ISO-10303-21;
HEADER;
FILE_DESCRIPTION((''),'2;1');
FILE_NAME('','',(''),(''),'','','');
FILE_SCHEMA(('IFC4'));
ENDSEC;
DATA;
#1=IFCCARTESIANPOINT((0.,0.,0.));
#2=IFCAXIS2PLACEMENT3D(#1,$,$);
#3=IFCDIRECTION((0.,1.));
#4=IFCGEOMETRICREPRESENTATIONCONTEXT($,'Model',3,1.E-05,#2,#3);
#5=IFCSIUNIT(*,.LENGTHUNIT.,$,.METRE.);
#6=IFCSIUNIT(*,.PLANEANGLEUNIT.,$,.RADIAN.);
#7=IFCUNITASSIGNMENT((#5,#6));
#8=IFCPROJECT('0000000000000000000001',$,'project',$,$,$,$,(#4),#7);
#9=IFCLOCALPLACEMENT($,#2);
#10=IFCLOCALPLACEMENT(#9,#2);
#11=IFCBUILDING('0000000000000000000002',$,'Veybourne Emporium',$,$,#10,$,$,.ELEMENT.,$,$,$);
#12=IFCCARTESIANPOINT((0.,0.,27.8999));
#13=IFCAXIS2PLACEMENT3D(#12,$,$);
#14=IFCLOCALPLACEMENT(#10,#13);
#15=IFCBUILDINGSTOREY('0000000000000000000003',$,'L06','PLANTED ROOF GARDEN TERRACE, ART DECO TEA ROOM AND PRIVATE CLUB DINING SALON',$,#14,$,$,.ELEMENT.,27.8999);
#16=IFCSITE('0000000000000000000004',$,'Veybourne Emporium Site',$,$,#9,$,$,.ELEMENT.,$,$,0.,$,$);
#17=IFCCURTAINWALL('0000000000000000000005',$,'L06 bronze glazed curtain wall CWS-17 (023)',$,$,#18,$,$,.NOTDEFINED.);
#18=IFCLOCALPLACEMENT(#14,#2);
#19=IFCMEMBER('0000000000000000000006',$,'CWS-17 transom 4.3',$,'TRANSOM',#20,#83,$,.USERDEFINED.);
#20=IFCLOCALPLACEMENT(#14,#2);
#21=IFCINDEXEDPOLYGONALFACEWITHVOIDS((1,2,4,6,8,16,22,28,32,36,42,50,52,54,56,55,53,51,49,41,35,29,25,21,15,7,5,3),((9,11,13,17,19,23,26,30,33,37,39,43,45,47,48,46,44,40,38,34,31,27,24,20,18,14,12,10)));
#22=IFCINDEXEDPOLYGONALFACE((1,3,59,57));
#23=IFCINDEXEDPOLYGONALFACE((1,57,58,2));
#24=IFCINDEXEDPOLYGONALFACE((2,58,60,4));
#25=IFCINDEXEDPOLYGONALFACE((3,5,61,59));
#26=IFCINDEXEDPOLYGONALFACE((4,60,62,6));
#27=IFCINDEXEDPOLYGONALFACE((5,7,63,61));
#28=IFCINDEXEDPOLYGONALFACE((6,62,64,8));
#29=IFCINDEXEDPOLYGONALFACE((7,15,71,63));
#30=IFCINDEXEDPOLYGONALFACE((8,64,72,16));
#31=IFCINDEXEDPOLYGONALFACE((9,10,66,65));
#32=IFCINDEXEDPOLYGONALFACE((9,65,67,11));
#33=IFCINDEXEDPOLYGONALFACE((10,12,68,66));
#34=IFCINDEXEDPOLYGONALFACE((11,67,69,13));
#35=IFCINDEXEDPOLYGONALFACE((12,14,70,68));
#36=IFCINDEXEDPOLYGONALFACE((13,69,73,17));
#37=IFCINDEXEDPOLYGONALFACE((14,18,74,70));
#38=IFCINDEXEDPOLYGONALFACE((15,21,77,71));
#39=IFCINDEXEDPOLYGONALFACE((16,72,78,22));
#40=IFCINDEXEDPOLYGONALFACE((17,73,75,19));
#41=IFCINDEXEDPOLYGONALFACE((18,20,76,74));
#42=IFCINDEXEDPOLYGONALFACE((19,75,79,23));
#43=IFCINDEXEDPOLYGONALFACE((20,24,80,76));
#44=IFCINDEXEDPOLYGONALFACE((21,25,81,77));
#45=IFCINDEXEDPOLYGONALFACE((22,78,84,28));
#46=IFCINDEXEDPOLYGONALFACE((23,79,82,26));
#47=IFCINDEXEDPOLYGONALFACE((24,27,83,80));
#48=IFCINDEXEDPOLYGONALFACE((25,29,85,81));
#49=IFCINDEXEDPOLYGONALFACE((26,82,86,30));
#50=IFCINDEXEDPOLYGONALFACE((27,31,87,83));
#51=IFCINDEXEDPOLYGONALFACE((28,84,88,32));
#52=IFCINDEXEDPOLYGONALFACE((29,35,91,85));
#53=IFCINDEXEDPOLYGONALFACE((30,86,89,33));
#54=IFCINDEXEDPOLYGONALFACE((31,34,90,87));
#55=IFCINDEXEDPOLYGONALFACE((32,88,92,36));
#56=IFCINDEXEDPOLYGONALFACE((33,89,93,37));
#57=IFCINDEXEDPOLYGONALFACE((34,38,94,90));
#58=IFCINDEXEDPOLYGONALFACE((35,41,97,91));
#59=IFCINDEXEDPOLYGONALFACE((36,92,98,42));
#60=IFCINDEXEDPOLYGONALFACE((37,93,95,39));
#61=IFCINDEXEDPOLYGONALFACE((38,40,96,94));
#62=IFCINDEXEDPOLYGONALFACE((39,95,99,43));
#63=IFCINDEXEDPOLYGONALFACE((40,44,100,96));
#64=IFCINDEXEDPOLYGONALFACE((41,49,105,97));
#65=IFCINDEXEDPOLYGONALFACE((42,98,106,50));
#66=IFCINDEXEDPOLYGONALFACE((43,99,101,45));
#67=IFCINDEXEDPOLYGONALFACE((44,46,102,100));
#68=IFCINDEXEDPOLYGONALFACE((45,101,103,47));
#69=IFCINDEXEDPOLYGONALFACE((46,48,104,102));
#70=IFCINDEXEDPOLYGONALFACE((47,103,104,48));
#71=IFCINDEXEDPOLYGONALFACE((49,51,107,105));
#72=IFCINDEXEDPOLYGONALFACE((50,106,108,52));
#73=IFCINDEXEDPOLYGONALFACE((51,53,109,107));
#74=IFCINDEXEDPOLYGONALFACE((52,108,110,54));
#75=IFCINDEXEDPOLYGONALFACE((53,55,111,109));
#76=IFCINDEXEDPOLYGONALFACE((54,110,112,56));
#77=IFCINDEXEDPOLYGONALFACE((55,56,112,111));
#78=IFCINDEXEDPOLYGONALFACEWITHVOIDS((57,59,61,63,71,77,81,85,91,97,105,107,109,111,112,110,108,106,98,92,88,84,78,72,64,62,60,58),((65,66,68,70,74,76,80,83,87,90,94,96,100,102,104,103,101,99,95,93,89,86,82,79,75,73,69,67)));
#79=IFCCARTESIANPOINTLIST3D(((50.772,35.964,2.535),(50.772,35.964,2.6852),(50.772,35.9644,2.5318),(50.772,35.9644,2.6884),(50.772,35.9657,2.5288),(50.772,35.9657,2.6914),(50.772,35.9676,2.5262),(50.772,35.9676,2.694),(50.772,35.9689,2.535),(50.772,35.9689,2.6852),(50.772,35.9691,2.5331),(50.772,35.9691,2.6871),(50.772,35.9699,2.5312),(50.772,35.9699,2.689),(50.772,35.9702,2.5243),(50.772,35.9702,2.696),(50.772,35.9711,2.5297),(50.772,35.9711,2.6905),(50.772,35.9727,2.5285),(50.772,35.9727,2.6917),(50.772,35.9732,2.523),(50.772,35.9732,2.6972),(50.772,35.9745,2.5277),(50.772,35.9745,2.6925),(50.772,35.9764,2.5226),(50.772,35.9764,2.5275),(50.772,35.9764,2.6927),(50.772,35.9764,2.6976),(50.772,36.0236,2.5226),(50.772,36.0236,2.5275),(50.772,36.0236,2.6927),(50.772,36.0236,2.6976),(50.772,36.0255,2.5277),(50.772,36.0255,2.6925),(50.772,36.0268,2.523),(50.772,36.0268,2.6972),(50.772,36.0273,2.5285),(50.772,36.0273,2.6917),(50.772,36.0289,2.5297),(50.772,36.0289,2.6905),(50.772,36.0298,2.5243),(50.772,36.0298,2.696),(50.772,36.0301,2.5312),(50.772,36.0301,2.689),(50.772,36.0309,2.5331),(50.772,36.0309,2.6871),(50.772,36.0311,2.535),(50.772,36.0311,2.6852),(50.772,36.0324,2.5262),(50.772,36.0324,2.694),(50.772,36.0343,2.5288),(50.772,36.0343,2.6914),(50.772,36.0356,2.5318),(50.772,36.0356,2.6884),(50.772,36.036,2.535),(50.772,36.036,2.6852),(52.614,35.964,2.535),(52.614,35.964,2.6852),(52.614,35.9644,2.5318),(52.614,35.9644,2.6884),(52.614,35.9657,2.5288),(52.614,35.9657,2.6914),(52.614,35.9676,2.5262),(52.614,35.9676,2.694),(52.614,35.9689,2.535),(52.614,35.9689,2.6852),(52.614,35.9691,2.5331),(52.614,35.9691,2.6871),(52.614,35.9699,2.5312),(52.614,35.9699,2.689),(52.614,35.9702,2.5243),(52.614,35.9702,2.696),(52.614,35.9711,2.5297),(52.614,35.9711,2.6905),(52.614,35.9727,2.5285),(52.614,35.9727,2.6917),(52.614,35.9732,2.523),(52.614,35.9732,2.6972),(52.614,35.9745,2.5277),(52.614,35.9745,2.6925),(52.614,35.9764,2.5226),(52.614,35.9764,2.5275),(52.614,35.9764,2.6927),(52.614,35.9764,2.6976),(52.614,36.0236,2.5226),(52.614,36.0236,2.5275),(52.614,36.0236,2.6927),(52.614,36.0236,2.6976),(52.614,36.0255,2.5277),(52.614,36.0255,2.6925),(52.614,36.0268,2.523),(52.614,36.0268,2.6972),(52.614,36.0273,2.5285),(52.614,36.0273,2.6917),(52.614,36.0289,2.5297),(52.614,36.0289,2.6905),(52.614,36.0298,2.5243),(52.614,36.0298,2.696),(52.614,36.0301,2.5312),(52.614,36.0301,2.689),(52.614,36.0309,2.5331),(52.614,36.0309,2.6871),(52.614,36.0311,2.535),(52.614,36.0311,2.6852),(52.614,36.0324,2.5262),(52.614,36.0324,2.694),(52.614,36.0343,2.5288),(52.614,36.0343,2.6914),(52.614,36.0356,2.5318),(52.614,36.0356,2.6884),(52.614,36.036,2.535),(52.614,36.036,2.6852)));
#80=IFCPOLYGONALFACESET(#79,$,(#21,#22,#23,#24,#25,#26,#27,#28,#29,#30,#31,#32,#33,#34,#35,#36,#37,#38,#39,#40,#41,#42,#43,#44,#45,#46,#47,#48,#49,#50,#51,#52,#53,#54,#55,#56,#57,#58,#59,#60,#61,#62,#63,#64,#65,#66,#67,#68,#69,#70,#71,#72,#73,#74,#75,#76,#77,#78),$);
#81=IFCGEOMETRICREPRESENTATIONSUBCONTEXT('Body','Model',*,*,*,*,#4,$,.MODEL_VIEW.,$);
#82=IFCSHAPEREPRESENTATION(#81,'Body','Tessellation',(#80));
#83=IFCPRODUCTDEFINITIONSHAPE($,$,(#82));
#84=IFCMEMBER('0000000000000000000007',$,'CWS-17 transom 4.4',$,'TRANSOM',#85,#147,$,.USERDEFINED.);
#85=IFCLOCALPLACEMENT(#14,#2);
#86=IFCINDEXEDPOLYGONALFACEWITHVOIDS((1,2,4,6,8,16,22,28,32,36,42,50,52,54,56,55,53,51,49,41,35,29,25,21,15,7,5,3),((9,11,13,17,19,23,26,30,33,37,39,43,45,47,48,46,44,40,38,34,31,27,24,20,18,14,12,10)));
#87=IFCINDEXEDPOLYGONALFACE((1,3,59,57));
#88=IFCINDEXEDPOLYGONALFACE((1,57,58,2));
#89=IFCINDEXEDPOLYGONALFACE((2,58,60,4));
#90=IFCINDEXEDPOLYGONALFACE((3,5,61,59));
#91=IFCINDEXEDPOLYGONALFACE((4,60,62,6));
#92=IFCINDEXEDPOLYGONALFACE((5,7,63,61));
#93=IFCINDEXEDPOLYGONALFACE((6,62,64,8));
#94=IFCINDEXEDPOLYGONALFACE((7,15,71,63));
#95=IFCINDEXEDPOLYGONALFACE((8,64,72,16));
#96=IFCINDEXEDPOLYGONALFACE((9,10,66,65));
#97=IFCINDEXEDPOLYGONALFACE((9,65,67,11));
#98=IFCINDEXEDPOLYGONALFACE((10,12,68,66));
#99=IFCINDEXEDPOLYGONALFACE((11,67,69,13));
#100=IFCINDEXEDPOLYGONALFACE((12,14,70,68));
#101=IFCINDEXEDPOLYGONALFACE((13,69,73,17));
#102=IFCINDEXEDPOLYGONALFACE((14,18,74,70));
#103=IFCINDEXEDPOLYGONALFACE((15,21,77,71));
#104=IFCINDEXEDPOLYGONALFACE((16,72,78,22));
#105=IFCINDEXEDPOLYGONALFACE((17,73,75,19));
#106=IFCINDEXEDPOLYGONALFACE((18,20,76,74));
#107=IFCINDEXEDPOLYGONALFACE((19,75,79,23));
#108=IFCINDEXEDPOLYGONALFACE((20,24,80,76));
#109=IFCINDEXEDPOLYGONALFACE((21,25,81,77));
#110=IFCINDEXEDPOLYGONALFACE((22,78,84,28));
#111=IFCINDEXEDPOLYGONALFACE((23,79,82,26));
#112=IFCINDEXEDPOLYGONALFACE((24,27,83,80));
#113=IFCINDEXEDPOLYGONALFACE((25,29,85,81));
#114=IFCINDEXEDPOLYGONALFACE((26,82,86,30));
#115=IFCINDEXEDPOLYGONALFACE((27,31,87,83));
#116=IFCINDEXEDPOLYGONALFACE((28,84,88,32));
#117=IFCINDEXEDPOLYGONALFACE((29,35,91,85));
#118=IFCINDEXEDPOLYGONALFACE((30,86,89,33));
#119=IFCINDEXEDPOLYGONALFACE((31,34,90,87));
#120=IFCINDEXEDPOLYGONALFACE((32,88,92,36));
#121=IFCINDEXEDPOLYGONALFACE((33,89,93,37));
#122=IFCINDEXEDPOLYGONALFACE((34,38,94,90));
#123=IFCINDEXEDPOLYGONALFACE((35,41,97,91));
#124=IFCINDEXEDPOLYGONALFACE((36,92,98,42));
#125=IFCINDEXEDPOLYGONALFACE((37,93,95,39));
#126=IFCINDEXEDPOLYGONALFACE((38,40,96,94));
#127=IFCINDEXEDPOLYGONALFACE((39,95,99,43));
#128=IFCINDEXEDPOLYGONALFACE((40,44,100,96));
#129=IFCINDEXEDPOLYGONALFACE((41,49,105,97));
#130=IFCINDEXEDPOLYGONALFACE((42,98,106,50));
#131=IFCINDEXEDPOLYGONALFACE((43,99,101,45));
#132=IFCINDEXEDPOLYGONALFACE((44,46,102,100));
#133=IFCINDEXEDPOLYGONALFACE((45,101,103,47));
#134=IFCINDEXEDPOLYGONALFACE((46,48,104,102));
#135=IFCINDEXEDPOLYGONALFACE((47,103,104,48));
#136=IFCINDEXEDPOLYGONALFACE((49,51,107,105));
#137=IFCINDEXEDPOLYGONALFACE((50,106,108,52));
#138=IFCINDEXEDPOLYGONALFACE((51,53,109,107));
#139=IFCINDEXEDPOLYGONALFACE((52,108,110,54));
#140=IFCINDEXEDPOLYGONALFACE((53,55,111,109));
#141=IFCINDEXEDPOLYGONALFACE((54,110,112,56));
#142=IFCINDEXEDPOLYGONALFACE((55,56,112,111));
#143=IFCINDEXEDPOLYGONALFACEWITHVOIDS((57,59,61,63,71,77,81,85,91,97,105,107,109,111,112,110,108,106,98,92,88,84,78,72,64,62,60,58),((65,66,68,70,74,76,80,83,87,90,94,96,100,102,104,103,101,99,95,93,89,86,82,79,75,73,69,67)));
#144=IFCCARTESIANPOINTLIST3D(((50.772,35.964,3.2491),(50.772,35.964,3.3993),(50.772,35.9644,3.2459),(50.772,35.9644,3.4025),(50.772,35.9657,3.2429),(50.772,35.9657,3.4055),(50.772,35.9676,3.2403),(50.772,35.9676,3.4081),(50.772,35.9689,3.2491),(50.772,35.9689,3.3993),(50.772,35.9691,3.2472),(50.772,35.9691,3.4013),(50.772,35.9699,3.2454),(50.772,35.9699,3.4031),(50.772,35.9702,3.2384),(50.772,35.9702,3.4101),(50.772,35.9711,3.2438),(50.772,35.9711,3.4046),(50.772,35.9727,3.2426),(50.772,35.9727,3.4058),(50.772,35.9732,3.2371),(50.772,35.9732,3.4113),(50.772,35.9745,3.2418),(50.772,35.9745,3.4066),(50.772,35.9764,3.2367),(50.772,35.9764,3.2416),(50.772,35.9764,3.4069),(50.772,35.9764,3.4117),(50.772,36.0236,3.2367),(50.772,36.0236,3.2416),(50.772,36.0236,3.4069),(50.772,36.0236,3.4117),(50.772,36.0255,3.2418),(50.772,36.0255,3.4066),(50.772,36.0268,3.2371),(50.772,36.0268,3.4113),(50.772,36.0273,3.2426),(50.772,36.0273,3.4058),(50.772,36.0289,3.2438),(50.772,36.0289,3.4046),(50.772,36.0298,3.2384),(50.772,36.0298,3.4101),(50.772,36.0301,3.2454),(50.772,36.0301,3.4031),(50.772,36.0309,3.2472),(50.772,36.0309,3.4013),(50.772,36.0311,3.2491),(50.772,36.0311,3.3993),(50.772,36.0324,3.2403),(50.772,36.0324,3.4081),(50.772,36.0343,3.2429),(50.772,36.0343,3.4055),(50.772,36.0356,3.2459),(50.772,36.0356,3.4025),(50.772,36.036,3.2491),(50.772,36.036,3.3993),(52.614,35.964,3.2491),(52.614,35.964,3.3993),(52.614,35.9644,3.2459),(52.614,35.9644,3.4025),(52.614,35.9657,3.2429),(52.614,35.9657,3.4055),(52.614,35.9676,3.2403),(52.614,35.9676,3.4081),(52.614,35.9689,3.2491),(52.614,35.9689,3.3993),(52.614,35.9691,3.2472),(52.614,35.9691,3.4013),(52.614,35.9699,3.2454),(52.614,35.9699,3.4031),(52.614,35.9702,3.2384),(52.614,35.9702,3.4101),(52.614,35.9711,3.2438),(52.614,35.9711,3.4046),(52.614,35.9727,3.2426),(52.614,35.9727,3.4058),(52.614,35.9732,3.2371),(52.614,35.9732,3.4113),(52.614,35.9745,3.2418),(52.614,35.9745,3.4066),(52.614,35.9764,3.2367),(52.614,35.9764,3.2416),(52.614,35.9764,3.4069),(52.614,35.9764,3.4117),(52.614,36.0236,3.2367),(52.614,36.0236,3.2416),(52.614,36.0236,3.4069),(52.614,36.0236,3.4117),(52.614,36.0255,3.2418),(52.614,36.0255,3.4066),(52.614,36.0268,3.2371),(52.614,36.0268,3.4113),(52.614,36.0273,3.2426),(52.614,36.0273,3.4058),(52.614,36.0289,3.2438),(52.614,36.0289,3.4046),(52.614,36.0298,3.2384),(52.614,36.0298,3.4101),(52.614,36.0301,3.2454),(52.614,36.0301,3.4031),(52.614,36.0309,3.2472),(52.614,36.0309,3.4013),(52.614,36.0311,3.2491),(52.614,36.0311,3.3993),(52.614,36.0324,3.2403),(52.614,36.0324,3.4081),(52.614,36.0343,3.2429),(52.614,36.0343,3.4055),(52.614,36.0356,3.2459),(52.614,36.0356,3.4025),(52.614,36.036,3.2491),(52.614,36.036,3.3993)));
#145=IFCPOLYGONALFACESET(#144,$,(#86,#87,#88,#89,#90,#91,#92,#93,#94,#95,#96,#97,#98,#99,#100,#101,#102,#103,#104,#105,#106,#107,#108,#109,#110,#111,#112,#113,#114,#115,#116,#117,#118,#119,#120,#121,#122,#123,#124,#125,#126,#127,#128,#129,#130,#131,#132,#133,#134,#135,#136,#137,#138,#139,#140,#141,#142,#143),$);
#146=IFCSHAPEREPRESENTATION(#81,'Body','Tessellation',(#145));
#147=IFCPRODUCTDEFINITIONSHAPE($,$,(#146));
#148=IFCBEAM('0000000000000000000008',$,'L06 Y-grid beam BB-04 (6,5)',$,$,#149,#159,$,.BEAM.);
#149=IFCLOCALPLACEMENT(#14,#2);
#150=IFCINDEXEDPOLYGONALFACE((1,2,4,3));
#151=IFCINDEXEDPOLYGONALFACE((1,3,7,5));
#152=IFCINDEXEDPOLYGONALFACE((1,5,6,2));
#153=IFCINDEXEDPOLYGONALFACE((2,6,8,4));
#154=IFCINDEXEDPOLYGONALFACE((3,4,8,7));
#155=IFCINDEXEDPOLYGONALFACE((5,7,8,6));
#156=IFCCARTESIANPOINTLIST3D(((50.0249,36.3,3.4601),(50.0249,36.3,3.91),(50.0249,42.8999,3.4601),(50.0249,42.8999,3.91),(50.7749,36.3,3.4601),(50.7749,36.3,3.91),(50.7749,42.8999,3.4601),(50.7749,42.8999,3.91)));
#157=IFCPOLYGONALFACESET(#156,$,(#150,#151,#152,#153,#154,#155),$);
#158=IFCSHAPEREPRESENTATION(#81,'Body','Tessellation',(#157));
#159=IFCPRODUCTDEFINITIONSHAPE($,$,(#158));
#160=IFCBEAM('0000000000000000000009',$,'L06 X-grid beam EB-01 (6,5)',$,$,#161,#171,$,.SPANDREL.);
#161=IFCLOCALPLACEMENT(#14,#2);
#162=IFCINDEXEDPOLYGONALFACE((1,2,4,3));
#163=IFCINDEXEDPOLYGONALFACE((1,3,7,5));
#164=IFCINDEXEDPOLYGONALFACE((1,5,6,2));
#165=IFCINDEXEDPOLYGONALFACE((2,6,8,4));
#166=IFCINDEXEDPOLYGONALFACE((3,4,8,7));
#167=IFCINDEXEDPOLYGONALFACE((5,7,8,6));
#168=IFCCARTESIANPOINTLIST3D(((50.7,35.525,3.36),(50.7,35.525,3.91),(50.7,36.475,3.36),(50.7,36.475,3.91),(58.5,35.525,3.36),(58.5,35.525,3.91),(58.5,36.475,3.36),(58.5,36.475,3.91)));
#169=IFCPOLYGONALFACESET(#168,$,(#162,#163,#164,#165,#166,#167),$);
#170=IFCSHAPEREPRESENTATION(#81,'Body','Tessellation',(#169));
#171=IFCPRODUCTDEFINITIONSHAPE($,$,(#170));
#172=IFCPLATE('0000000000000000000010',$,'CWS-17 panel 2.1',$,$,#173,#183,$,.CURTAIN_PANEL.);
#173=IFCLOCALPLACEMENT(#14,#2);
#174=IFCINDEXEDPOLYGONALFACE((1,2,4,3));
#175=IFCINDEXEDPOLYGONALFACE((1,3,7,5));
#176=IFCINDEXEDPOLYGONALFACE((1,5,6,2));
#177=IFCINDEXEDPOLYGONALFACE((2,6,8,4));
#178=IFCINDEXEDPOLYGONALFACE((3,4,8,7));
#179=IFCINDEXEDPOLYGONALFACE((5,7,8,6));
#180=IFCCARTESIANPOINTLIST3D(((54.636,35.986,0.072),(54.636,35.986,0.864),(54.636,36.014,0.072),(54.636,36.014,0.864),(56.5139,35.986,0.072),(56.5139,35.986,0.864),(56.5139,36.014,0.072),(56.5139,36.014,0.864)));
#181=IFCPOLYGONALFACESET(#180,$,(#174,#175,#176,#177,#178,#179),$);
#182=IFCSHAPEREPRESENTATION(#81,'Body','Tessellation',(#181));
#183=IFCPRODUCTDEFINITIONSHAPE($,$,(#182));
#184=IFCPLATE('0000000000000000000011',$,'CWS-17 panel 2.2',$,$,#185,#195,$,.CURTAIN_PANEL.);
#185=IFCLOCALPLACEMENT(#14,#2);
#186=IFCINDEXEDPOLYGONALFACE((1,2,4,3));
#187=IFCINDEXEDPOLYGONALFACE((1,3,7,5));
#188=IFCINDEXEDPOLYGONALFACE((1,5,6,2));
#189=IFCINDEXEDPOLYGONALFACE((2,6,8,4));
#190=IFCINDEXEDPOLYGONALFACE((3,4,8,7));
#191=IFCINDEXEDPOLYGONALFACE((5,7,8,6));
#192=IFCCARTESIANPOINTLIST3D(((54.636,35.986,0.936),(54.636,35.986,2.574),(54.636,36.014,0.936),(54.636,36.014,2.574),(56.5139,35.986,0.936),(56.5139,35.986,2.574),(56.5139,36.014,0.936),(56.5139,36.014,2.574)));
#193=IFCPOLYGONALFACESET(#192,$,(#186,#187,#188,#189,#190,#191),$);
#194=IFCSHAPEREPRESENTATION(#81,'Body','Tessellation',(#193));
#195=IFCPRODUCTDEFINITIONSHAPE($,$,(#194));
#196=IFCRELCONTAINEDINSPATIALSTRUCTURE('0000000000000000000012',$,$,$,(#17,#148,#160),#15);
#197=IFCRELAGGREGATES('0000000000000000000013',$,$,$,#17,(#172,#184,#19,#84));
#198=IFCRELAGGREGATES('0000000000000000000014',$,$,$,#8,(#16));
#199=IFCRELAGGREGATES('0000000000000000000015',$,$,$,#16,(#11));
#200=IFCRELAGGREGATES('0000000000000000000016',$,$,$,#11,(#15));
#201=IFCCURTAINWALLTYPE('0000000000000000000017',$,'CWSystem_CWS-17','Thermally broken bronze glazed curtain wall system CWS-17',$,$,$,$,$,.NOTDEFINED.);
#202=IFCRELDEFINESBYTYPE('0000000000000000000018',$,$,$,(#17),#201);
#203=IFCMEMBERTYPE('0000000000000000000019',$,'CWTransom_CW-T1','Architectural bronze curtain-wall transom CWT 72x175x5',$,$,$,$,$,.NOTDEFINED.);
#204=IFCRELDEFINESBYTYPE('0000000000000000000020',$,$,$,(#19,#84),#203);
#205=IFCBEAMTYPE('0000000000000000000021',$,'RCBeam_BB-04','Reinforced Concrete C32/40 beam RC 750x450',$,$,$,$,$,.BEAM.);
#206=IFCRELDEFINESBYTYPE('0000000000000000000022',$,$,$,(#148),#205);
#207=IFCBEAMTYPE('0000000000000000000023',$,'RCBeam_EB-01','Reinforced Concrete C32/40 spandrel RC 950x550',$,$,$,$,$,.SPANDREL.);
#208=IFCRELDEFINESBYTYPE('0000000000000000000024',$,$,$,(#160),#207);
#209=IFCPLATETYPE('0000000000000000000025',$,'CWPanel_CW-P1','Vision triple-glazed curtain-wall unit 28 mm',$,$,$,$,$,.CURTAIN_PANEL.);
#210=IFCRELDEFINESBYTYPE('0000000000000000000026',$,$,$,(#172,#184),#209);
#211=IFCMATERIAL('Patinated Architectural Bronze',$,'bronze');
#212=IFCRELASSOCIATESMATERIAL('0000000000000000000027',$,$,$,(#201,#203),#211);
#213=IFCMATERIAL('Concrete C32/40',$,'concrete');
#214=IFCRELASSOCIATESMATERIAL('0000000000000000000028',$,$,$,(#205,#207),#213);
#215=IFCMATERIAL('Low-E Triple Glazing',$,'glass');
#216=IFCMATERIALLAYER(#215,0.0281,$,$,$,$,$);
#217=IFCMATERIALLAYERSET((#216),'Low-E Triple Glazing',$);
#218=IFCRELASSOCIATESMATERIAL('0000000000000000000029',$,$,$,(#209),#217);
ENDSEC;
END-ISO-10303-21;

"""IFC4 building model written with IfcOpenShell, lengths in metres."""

from ifc_helpers import new_model, si_unit, direction, frame, origin, origin_2d, place, context, subcontext, project, spatial, rectangle, hollow_rectangle, extrude, material, layer, layer_set, material_profile, profile_set, type_object, element, aggregate, save


model = new_model("IFC4")

# Units and contexts
model_context = context("Model", 3, precision=1e-05, world=origin(), true_north=direction((0.0, 1.0)))
body_context = subcontext(model_context, "Body", "Model", "MODEL_VIEW")
ifc_project = project(units=[si_unit("LENGTHUNIT", "METRE"), si_unit("PLANEANGLEUNIT", "RADIAN")], contexts=[model_context])

# Site, building, storey
site_placement = place(None, origin())
site = spatial("IfcSite", under=ifc_project, at=site_placement, Name="Veybourne Emporium Site", CompositionType="ELEMENT", RefElevation=0.0)
building_placement = place(site_placement, origin())
building = spatial("IfcBuilding", under=site, at=building_placement, Name="Veybourne Emporium", CompositionType="ELEMENT")
storey_placement = place(building_placement, frame((0.0, 0.0, 27.8999)))
storey = spatial("IfcBuildingStorey", under=building, at=storey_placement, Name="L06", Description="PLANTED ROOF GARDEN TERRACE, ART DECO TEA ROOM AND PRIVATE CLUB DINING SALON", CompositionType="ELEMENT", Elevation=27.8999)

# Curtain wall, members
ifc_material_1 = material(Name="Patinated Architectural Bronze", Category="bronze")
curtain_wall_type = type_object("IfcCurtainWallType", Name="CWSystem_CWS-17", Description="Thermally broken bronze glazed curtain wall system CWS-17", PredefinedType="NOTDEFINED", material=ifc_material_1)
curtain_wall_placement = place(storey_placement, origin())
curtain_wall = element("IfcCurtainWall", 1, at=curtain_wall_placement, inside=storey, type_object=curtain_wall_type, Name="L06 bronze glazed curtain wall CWS-17 (023)", PredefinedType="NOTDEFINED")
ifc_material_profile_1 = material_profile(ifc_material_1, hollow_rectangle(XDim=0.072, YDim=0.175, WallThickness=0.0049, InnerFilletRadius=0.0076, OuterFilletRadius=0.0125, at=origin_2d()), Name="CWT 72x175x5")
ifc_profile_set_1 = profile_set([ifc_material_profile_1], Name="Patinated Architectural Bronze")
member_type_1 = type_object("IfcMemberType", Name="CWTransom_CW-T1", Description="Architectural bronze curtain-wall transom CWT 72x175x5", PredefinedType="NOTDEFINED", material=ifc_profile_set_1)
member_1_placement = place(storey_placement, frame((52.614, 36.0, 2.6101), z_axis=(-1.0, 0.0, 0.0), x_axis=(0.0, -1.0, 0.0)))
member_1 = element("IfcMember", 2, at=member_1_placement, type_object=member_type_1, Name="CWS-17 transom 4.3", ObjectType="TRANSOM", PredefinedType="USERDEFINED", context=body_context, shape_type="SweptSolid", body=[
    extrude(hollow_rectangle(XDim=0.072, YDim=0.175, WallThickness=0.0049, InnerFilletRadius=0.0076, OuterFilletRadius=0.0125, at=origin_2d()), origin(), (0.0, 0.0, 1.0), 1.842),
])
member_2_placement = place(storey_placement, frame((52.614, 36.0, 3.3242), z_axis=(-1.0, 0.0, 0.0), x_axis=(0.0, -1.0, 0.0)))
member_2 = element("IfcMember", 3, at=member_2_placement, type_object=member_type_1, Name="CWS-17 transom 4.4", ObjectType="TRANSOM", PredefinedType="USERDEFINED", context=body_context, shape_type="SweptSolid", body=[
    extrude(hollow_rectangle(XDim=0.072, YDim=0.175, WallThickness=0.0049, InnerFilletRadius=0.0076, OuterFilletRadius=0.0125, at=origin_2d()), origin(), (0.0, 0.0, 1.0), 1.842),
])

# Beams
ifc_material_2 = material(Name="Concrete C32/40", Category="concrete")
ifc_material_profile_2 = material_profile(ifc_material_2, rectangle(XDim=0.75, YDim=0.45, at=origin_2d()), Name="RC 750x450")
ifc_profile_set_2 = profile_set([ifc_material_profile_2], Name="Concrete C32/40")
beam_type_1 = type_object("IfcBeamType", Name="RCBeam_BB-04", Description="Reinforced Concrete C32/40 beam RC 750x450", PredefinedType="BEAM", material=ifc_profile_set_2)
beam_1_placement = place(storey_placement, frame((50.3999, 36.3, 3.6851), z_axis=(0.0, 1.0, 0.0), x_axis=(-1.0, 0.0, 0.0)))
element("IfcBeam", 4, at=beam_1_placement, inside=storey, type_object=beam_type_1, Name="L06 Y-grid beam BB-04 (6,5)", PredefinedType="BEAM", context=body_context, shape_type="SweptSolid", body=[
    extrude(rectangle(XDim=0.75, YDim=0.45, at=origin_2d()), origin(), (0.0, 0.0, 1.0), 6.5999),
])
ifc_material_profile_3 = material_profile(ifc_material_2, rectangle(XDim=0.95, YDim=0.55, at=origin_2d()), Name="RC 950x550")
ifc_profile_set_3 = profile_set([ifc_material_profile_3], Name="Concrete C32/40")
beam_type_2 = type_object("IfcBeamType", Name="RCBeam_EB-01", Description="Reinforced Concrete C32/40 spandrel RC 950x550", PredefinedType="SPANDREL", material=ifc_profile_set_3)
beam_2_placement = place(storey_placement, frame((50.7, 36.0, 3.635), z_axis=(1.0, 0.0, 0.0), x_axis=(0.0, 1.0, 0.0)))
element("IfcBeam", 5, at=beam_2_placement, inside=storey, type_object=beam_type_2, Name="L06 X-grid beam EB-01 (6,5)", PredefinedType="SPANDREL", context=body_context, shape_type="SweptSolid", body=[
    extrude(rectangle(XDim=0.95, YDim=0.55, at=origin_2d()), origin(), (0.0, 0.0, 1.0), 7.8),
])

# Plates
ifc_material_3 = material(Name="Low-E Triple Glazing", Category="glass")
ifc_layer_1 = layer(ifc_material_3, 0.0281)
ifc_layer_set_1 = layer_set([ifc_layer_1], Name="Low-E Triple Glazing")
plate_type = type_object("IfcPlateType", Name="CWPanel_CW-P1", Description="Vision triple-glazed curtain-wall unit 28 mm", PredefinedType="CURTAIN_PANEL", material=ifc_layer_set_1)
plate_1_placement = place(storey_placement, frame((55.575, 36.0, 0.072), z_axis=(0.0, 0.0, 1.0), x_axis=(-1.0, 0.0, 0.0)))
plate_1 = element("IfcPlate", 6, at=plate_1_placement, type_object=plate_type, Name="CWS-17 panel 2.1", PredefinedType="CURTAIN_PANEL", context=body_context, shape_type="SweptSolid", body=[
    extrude(rectangle(XDim=1.8779, YDim=0.0281, at=origin_2d()), origin(), (0.0, 0.0, 1.0), 0.792),
])
plate_2_placement = place(storey_placement, frame((55.575, 36.0, 0.936), z_axis=(0.0, 0.0, 1.0), x_axis=(-1.0, 0.0, 0.0)))
plate_2 = element("IfcPlate", 7, at=plate_2_placement, type_object=plate_type, Name="CWS-17 panel 2.2", PredefinedType="CURTAIN_PANEL", context=body_context, shape_type="SweptSolid", body=[
    extrude(rectangle(XDim=1.8779, YDim=0.0281, at=origin_2d()), origin(), (0.0, 0.0, 1.0), 1.6379),
])
aggregate(curtain_wall, [plate_1, plate_2, member_1, member_2])

save(model, "model.ifc")
